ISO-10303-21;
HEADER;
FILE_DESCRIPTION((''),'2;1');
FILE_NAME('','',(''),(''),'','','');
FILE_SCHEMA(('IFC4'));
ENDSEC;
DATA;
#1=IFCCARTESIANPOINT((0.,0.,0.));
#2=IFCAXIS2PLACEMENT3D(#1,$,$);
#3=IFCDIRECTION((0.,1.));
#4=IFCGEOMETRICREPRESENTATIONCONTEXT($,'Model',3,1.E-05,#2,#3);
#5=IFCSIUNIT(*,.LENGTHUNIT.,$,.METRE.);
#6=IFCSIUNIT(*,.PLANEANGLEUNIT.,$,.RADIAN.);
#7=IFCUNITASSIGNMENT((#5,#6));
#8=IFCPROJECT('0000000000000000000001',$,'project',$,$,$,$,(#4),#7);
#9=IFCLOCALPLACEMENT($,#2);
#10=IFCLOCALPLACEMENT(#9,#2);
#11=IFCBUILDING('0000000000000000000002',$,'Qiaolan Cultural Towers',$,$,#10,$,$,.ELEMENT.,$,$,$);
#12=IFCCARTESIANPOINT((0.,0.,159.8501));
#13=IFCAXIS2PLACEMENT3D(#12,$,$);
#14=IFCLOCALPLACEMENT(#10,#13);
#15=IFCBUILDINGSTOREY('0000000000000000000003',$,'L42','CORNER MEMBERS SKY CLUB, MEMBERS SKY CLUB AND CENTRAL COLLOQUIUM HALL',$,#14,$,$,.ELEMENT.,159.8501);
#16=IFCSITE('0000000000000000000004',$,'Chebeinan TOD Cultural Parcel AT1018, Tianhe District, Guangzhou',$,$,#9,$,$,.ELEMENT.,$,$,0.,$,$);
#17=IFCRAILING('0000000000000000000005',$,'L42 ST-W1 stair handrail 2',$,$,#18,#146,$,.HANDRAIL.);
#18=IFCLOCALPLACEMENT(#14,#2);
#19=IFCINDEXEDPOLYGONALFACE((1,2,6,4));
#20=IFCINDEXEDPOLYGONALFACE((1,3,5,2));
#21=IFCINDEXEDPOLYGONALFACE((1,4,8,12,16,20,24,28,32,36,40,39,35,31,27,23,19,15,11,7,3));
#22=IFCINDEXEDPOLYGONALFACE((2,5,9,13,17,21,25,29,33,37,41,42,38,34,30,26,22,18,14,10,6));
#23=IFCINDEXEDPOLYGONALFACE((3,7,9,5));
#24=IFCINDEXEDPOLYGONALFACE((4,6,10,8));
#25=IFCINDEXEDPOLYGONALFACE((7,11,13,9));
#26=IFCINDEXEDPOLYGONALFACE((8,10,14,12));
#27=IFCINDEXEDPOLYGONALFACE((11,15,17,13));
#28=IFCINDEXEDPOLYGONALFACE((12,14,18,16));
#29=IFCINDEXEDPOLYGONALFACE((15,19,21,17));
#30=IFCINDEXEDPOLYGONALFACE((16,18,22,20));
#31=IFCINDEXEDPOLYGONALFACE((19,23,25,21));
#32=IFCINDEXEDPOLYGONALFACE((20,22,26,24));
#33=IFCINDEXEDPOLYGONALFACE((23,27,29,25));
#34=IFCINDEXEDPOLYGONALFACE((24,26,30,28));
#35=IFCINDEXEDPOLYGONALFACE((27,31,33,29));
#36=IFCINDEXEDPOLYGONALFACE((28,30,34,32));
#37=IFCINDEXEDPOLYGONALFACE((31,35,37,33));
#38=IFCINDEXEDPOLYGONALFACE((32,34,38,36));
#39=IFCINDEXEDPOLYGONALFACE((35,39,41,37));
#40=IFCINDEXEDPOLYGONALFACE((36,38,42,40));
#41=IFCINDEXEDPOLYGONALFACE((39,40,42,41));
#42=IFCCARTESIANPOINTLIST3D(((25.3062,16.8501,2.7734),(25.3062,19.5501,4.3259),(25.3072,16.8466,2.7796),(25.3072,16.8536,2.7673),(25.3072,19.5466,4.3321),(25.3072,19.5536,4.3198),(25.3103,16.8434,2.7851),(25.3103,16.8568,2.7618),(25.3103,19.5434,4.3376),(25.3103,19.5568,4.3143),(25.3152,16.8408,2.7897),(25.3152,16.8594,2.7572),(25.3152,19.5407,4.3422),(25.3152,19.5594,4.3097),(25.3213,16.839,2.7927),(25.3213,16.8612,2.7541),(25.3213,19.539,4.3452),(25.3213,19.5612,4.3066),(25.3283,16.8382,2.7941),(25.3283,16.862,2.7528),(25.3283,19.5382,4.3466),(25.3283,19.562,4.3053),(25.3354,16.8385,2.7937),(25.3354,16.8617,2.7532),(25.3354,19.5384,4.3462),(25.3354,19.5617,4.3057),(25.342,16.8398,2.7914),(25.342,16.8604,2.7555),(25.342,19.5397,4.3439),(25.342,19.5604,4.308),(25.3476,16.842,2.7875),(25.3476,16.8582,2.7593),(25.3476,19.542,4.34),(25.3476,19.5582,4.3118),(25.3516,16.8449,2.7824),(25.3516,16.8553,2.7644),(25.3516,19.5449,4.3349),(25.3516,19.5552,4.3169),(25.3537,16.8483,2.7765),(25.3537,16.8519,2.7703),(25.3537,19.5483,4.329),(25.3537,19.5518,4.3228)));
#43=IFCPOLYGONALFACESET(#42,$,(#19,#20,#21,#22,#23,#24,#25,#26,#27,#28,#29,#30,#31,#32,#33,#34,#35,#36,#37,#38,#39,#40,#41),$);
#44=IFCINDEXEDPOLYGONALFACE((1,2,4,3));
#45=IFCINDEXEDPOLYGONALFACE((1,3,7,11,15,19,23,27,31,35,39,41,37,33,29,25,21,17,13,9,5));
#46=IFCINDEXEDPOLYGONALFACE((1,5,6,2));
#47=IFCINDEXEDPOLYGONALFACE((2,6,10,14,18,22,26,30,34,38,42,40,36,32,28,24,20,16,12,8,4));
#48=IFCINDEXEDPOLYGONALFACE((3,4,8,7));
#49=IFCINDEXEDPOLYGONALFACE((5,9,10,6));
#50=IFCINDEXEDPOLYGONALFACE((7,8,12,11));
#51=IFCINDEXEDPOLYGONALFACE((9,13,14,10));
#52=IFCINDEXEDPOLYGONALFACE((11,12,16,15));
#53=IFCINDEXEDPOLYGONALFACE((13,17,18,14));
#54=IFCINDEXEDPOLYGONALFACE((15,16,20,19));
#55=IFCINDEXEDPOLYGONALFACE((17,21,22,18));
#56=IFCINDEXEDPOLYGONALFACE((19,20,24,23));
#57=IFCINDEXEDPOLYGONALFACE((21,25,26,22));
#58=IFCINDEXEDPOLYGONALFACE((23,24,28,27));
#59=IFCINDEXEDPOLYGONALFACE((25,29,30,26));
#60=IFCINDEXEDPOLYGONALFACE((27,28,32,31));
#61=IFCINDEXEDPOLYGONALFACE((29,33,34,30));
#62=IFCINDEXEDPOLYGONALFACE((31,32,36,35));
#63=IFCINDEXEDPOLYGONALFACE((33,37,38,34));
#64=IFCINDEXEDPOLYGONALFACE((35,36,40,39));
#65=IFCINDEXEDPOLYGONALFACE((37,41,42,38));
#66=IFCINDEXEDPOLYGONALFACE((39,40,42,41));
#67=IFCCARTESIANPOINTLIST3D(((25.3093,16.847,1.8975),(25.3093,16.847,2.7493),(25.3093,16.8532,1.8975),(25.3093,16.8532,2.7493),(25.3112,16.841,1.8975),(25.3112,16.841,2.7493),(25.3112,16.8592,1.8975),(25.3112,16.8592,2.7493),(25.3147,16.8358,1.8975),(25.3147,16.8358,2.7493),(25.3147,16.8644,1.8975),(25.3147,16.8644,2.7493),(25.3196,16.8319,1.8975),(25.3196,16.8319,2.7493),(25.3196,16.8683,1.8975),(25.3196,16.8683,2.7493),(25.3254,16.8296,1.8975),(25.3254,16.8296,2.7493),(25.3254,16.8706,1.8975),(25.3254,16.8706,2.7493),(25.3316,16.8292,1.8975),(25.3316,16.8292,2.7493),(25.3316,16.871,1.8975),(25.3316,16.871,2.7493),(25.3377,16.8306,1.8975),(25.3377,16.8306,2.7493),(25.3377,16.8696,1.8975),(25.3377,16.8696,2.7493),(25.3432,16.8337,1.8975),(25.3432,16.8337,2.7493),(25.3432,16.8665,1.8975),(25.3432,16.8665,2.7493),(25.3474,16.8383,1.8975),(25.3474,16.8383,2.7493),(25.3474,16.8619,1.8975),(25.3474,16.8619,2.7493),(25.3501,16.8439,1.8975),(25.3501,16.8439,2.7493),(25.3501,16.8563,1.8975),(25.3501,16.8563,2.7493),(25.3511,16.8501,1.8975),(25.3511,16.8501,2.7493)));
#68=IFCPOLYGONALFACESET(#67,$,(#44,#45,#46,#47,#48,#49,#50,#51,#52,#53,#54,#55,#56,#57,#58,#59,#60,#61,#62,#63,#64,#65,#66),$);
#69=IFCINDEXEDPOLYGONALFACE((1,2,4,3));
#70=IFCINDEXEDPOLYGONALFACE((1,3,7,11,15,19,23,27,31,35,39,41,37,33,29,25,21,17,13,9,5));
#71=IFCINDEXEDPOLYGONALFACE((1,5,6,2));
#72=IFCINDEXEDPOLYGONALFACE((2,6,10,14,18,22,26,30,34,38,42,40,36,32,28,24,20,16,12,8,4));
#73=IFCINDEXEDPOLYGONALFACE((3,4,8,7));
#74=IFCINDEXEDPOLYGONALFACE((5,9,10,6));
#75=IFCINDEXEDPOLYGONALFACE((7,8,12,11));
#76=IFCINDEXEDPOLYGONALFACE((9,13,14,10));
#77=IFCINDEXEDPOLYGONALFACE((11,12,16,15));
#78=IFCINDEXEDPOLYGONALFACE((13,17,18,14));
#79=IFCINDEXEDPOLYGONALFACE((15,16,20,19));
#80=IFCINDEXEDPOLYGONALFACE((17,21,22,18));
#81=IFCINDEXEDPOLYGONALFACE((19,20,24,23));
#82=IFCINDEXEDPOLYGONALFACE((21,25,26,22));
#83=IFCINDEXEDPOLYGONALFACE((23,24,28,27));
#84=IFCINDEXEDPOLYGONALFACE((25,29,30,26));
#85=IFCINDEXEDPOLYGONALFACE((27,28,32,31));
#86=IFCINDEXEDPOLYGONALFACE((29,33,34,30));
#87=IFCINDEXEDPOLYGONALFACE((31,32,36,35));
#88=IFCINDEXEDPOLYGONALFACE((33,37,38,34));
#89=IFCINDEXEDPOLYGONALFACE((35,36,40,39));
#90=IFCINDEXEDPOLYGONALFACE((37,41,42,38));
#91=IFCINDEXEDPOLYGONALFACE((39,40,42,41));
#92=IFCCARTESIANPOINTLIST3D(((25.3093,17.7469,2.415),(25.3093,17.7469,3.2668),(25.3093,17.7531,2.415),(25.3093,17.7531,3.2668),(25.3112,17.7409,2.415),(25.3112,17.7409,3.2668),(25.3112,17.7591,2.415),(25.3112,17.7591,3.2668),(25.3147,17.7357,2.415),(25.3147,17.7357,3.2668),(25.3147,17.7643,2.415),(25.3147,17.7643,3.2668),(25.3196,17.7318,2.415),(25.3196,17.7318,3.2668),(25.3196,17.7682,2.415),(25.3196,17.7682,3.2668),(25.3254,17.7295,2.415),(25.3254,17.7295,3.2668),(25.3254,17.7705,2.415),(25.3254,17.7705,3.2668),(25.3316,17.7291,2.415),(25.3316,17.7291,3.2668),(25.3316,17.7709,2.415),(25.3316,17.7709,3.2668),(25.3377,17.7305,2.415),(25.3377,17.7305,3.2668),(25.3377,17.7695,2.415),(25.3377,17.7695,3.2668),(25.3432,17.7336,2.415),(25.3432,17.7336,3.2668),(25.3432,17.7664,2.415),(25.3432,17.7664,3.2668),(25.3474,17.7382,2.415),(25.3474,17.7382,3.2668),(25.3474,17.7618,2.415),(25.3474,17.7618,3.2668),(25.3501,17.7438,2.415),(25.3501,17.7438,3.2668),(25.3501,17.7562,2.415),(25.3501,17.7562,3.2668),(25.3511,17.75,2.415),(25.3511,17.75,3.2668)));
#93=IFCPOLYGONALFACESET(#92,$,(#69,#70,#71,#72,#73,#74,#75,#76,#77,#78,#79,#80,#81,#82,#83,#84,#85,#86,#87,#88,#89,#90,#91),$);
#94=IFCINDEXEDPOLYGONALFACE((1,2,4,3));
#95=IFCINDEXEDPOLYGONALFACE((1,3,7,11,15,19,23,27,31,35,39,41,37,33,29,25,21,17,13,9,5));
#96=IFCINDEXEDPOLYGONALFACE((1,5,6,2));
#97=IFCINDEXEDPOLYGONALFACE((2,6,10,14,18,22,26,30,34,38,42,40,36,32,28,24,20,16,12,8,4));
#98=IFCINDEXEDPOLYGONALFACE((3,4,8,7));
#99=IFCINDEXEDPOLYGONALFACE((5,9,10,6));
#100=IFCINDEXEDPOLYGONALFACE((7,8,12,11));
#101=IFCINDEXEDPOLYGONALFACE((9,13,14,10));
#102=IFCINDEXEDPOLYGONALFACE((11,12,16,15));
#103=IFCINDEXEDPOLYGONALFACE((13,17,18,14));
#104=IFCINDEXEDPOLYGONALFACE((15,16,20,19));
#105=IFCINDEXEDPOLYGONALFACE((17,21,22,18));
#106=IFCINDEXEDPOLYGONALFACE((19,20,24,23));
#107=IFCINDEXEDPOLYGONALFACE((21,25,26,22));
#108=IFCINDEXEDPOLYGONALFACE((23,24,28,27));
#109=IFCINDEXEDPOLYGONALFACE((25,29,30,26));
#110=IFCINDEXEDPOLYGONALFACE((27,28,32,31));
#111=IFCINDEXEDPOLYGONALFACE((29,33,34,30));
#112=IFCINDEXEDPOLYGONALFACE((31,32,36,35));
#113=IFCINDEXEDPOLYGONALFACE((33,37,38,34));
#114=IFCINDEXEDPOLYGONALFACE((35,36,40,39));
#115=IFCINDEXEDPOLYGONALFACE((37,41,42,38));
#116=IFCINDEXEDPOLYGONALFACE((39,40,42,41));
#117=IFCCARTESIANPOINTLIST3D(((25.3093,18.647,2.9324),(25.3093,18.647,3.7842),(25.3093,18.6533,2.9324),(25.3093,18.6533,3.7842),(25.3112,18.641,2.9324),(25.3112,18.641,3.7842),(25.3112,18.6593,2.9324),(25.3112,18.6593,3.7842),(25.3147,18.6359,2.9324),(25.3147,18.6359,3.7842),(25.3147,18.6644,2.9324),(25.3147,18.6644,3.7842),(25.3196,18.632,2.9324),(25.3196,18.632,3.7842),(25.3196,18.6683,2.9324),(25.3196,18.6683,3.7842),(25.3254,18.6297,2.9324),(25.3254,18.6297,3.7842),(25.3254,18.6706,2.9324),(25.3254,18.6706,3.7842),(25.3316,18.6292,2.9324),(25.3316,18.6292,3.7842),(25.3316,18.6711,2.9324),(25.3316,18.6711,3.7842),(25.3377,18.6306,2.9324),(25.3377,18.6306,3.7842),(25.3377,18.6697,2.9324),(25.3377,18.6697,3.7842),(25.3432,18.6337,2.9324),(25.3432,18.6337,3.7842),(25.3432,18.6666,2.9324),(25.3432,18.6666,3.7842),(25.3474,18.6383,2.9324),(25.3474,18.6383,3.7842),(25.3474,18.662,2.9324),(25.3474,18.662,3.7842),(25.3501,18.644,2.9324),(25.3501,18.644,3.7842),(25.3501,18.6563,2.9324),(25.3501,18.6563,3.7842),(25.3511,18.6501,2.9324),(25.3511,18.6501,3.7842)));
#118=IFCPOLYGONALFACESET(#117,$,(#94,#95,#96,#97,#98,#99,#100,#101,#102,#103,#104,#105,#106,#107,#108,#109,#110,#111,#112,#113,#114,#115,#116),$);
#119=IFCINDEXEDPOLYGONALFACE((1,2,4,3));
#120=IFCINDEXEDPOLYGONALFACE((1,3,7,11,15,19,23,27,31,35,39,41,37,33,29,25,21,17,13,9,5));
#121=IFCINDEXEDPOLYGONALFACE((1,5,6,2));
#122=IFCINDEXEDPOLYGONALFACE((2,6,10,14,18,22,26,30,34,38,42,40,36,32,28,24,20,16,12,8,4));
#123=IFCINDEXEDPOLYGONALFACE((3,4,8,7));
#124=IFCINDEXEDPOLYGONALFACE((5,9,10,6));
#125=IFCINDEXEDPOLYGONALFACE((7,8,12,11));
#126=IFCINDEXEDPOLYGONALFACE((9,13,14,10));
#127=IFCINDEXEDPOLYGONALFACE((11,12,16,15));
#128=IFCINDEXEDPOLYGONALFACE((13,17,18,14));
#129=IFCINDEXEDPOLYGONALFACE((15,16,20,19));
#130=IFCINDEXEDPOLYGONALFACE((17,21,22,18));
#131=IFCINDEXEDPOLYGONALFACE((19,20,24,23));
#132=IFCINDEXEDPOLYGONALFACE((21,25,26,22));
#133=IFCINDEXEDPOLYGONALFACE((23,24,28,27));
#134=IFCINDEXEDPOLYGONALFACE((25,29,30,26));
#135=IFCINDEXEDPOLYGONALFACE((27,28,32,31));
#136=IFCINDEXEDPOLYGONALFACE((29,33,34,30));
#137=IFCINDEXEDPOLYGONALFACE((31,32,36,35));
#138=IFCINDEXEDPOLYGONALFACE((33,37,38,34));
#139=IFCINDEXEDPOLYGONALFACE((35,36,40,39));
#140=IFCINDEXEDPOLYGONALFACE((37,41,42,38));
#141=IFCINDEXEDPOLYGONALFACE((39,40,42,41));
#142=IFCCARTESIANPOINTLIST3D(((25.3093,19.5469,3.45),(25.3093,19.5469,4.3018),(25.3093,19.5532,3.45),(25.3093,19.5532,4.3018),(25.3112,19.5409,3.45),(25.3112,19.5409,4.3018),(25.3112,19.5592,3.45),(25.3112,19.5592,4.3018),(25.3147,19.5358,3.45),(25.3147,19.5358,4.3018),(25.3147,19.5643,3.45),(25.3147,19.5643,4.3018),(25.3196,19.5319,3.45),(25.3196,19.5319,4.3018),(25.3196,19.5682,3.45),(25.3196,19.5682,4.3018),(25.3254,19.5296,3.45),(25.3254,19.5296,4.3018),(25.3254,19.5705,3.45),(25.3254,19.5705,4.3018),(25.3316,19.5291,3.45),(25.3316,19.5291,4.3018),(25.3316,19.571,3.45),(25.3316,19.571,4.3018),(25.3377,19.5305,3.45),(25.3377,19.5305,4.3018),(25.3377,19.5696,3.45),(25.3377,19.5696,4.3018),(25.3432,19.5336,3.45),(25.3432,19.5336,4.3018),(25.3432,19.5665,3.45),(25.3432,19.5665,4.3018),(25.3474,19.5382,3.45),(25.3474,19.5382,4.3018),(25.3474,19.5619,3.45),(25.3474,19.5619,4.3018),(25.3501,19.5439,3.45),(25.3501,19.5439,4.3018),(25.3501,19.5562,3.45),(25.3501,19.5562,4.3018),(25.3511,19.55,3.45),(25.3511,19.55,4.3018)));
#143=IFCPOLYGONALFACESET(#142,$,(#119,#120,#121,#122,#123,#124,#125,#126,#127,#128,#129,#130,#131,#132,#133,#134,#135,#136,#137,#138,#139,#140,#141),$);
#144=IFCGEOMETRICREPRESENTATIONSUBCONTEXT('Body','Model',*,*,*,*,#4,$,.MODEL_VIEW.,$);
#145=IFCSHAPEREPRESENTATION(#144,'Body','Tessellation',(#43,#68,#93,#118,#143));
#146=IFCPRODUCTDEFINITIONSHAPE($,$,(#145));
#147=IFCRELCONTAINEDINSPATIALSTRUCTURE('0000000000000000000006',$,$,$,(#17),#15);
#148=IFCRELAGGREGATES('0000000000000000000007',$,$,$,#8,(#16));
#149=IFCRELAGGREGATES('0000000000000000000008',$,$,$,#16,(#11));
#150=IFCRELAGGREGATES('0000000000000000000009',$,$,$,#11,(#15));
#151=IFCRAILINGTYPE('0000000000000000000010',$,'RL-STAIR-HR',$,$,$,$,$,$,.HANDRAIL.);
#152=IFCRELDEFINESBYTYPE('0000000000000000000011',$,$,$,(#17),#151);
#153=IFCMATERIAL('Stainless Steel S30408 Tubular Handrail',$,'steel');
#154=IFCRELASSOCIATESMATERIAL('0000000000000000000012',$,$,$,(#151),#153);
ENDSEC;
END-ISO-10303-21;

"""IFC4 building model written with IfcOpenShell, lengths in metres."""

from ifc_helpers import new_model, si_unit, direction, frame, origin, origin_2d, place, context, subcontext, project, spatial, circle, extrude, material, type_object, element, save


model = new_model("IFC4")

# Units and contexts
model_context = context("Model", 3, precision=1e-05, world=origin(), true_north=direction((0.0, 1.0)))
body_context = subcontext(model_context, "Body", "Model", "MODEL_VIEW")
ifc_project = project(units=[si_unit("LENGTHUNIT", "METRE"), si_unit("PLANEANGLEUNIT", "RADIAN")], contexts=[model_context])

# Site, building, storey
site_placement = place(None, origin())
site = spatial("IfcSite", under=ifc_project, at=site_placement, Name="Chebeinan TOD Cultural Parcel AT1018, Tianhe District, Guangzhou", CompositionType="ELEMENT", RefElevation=0.0)
building_placement = place(site_placement, origin())
building = spatial("IfcBuilding", under=site, at=building_placement, Name="Qiaolan Cultural Towers", CompositionType="ELEMENT")
storey_placement = place(building_placement, frame((0.0, 0.0, 159.8501)))
storey = spatial("IfcBuildingStorey", under=building, at=storey_placement, Name="L42", Description="CORNER MEMBERS SKY CLUB, MEMBERS SKY CLUB AND CENTRAL COLLOQUIUM HALL", CompositionType="ELEMENT", Elevation=159.8501)

# Railing
ifc_material_1 = material(Name="Stainless Steel S30408 Tubular Handrail", Category="steel")
railing_type_1 = type_object("IfcRailingType", Name="RL-STAIR-HR", PredefinedType="HANDRAIL", material=ifc_material_1)
railing_1_placement = place(storey_placement, frame((25.3301, 16.8501, 1.8975)))
element("IfcRailing", 1, at=railing_1_placement, inside=storey, type_object=railing_type_1, Name="L42 ST-W1 stair handrail 2", PredefinedType="HANDRAIL", context=body_context, shape_type="SweptSolid", body=[
    extrude(circle(Radius=0.0239, at=origin_2d()), frame((0.0, 0.0, 0.876), z_axis=(0.0, 0.866904, 0.498476), x_axis=(-1.0, 0.0, 0.0)), (0.0, 0.0, 1.0), 3.1145),
    extrude(circle(Radius=0.021, at=origin_2d()), origin(), (0.0, 0.0, 1.0), 0.8518),
    extrude(circle(Radius=0.021, at=origin_2d()), frame((0.0, 0.8999, 0.5176)), (0.0, 0.0, 1.0), 0.8518),
    extrude(circle(Radius=0.021, at=origin_2d()), frame((0.0, 1.8, 1.0349)), (0.0, 0.0, 1.0), 0.8518),
    extrude(circle(Radius=0.021, at=origin_2d()), frame((0.0, 2.7, 1.5525)), (0.0, 0.0, 1.0), 0.8518),
])

save(model, "model.ifc")
